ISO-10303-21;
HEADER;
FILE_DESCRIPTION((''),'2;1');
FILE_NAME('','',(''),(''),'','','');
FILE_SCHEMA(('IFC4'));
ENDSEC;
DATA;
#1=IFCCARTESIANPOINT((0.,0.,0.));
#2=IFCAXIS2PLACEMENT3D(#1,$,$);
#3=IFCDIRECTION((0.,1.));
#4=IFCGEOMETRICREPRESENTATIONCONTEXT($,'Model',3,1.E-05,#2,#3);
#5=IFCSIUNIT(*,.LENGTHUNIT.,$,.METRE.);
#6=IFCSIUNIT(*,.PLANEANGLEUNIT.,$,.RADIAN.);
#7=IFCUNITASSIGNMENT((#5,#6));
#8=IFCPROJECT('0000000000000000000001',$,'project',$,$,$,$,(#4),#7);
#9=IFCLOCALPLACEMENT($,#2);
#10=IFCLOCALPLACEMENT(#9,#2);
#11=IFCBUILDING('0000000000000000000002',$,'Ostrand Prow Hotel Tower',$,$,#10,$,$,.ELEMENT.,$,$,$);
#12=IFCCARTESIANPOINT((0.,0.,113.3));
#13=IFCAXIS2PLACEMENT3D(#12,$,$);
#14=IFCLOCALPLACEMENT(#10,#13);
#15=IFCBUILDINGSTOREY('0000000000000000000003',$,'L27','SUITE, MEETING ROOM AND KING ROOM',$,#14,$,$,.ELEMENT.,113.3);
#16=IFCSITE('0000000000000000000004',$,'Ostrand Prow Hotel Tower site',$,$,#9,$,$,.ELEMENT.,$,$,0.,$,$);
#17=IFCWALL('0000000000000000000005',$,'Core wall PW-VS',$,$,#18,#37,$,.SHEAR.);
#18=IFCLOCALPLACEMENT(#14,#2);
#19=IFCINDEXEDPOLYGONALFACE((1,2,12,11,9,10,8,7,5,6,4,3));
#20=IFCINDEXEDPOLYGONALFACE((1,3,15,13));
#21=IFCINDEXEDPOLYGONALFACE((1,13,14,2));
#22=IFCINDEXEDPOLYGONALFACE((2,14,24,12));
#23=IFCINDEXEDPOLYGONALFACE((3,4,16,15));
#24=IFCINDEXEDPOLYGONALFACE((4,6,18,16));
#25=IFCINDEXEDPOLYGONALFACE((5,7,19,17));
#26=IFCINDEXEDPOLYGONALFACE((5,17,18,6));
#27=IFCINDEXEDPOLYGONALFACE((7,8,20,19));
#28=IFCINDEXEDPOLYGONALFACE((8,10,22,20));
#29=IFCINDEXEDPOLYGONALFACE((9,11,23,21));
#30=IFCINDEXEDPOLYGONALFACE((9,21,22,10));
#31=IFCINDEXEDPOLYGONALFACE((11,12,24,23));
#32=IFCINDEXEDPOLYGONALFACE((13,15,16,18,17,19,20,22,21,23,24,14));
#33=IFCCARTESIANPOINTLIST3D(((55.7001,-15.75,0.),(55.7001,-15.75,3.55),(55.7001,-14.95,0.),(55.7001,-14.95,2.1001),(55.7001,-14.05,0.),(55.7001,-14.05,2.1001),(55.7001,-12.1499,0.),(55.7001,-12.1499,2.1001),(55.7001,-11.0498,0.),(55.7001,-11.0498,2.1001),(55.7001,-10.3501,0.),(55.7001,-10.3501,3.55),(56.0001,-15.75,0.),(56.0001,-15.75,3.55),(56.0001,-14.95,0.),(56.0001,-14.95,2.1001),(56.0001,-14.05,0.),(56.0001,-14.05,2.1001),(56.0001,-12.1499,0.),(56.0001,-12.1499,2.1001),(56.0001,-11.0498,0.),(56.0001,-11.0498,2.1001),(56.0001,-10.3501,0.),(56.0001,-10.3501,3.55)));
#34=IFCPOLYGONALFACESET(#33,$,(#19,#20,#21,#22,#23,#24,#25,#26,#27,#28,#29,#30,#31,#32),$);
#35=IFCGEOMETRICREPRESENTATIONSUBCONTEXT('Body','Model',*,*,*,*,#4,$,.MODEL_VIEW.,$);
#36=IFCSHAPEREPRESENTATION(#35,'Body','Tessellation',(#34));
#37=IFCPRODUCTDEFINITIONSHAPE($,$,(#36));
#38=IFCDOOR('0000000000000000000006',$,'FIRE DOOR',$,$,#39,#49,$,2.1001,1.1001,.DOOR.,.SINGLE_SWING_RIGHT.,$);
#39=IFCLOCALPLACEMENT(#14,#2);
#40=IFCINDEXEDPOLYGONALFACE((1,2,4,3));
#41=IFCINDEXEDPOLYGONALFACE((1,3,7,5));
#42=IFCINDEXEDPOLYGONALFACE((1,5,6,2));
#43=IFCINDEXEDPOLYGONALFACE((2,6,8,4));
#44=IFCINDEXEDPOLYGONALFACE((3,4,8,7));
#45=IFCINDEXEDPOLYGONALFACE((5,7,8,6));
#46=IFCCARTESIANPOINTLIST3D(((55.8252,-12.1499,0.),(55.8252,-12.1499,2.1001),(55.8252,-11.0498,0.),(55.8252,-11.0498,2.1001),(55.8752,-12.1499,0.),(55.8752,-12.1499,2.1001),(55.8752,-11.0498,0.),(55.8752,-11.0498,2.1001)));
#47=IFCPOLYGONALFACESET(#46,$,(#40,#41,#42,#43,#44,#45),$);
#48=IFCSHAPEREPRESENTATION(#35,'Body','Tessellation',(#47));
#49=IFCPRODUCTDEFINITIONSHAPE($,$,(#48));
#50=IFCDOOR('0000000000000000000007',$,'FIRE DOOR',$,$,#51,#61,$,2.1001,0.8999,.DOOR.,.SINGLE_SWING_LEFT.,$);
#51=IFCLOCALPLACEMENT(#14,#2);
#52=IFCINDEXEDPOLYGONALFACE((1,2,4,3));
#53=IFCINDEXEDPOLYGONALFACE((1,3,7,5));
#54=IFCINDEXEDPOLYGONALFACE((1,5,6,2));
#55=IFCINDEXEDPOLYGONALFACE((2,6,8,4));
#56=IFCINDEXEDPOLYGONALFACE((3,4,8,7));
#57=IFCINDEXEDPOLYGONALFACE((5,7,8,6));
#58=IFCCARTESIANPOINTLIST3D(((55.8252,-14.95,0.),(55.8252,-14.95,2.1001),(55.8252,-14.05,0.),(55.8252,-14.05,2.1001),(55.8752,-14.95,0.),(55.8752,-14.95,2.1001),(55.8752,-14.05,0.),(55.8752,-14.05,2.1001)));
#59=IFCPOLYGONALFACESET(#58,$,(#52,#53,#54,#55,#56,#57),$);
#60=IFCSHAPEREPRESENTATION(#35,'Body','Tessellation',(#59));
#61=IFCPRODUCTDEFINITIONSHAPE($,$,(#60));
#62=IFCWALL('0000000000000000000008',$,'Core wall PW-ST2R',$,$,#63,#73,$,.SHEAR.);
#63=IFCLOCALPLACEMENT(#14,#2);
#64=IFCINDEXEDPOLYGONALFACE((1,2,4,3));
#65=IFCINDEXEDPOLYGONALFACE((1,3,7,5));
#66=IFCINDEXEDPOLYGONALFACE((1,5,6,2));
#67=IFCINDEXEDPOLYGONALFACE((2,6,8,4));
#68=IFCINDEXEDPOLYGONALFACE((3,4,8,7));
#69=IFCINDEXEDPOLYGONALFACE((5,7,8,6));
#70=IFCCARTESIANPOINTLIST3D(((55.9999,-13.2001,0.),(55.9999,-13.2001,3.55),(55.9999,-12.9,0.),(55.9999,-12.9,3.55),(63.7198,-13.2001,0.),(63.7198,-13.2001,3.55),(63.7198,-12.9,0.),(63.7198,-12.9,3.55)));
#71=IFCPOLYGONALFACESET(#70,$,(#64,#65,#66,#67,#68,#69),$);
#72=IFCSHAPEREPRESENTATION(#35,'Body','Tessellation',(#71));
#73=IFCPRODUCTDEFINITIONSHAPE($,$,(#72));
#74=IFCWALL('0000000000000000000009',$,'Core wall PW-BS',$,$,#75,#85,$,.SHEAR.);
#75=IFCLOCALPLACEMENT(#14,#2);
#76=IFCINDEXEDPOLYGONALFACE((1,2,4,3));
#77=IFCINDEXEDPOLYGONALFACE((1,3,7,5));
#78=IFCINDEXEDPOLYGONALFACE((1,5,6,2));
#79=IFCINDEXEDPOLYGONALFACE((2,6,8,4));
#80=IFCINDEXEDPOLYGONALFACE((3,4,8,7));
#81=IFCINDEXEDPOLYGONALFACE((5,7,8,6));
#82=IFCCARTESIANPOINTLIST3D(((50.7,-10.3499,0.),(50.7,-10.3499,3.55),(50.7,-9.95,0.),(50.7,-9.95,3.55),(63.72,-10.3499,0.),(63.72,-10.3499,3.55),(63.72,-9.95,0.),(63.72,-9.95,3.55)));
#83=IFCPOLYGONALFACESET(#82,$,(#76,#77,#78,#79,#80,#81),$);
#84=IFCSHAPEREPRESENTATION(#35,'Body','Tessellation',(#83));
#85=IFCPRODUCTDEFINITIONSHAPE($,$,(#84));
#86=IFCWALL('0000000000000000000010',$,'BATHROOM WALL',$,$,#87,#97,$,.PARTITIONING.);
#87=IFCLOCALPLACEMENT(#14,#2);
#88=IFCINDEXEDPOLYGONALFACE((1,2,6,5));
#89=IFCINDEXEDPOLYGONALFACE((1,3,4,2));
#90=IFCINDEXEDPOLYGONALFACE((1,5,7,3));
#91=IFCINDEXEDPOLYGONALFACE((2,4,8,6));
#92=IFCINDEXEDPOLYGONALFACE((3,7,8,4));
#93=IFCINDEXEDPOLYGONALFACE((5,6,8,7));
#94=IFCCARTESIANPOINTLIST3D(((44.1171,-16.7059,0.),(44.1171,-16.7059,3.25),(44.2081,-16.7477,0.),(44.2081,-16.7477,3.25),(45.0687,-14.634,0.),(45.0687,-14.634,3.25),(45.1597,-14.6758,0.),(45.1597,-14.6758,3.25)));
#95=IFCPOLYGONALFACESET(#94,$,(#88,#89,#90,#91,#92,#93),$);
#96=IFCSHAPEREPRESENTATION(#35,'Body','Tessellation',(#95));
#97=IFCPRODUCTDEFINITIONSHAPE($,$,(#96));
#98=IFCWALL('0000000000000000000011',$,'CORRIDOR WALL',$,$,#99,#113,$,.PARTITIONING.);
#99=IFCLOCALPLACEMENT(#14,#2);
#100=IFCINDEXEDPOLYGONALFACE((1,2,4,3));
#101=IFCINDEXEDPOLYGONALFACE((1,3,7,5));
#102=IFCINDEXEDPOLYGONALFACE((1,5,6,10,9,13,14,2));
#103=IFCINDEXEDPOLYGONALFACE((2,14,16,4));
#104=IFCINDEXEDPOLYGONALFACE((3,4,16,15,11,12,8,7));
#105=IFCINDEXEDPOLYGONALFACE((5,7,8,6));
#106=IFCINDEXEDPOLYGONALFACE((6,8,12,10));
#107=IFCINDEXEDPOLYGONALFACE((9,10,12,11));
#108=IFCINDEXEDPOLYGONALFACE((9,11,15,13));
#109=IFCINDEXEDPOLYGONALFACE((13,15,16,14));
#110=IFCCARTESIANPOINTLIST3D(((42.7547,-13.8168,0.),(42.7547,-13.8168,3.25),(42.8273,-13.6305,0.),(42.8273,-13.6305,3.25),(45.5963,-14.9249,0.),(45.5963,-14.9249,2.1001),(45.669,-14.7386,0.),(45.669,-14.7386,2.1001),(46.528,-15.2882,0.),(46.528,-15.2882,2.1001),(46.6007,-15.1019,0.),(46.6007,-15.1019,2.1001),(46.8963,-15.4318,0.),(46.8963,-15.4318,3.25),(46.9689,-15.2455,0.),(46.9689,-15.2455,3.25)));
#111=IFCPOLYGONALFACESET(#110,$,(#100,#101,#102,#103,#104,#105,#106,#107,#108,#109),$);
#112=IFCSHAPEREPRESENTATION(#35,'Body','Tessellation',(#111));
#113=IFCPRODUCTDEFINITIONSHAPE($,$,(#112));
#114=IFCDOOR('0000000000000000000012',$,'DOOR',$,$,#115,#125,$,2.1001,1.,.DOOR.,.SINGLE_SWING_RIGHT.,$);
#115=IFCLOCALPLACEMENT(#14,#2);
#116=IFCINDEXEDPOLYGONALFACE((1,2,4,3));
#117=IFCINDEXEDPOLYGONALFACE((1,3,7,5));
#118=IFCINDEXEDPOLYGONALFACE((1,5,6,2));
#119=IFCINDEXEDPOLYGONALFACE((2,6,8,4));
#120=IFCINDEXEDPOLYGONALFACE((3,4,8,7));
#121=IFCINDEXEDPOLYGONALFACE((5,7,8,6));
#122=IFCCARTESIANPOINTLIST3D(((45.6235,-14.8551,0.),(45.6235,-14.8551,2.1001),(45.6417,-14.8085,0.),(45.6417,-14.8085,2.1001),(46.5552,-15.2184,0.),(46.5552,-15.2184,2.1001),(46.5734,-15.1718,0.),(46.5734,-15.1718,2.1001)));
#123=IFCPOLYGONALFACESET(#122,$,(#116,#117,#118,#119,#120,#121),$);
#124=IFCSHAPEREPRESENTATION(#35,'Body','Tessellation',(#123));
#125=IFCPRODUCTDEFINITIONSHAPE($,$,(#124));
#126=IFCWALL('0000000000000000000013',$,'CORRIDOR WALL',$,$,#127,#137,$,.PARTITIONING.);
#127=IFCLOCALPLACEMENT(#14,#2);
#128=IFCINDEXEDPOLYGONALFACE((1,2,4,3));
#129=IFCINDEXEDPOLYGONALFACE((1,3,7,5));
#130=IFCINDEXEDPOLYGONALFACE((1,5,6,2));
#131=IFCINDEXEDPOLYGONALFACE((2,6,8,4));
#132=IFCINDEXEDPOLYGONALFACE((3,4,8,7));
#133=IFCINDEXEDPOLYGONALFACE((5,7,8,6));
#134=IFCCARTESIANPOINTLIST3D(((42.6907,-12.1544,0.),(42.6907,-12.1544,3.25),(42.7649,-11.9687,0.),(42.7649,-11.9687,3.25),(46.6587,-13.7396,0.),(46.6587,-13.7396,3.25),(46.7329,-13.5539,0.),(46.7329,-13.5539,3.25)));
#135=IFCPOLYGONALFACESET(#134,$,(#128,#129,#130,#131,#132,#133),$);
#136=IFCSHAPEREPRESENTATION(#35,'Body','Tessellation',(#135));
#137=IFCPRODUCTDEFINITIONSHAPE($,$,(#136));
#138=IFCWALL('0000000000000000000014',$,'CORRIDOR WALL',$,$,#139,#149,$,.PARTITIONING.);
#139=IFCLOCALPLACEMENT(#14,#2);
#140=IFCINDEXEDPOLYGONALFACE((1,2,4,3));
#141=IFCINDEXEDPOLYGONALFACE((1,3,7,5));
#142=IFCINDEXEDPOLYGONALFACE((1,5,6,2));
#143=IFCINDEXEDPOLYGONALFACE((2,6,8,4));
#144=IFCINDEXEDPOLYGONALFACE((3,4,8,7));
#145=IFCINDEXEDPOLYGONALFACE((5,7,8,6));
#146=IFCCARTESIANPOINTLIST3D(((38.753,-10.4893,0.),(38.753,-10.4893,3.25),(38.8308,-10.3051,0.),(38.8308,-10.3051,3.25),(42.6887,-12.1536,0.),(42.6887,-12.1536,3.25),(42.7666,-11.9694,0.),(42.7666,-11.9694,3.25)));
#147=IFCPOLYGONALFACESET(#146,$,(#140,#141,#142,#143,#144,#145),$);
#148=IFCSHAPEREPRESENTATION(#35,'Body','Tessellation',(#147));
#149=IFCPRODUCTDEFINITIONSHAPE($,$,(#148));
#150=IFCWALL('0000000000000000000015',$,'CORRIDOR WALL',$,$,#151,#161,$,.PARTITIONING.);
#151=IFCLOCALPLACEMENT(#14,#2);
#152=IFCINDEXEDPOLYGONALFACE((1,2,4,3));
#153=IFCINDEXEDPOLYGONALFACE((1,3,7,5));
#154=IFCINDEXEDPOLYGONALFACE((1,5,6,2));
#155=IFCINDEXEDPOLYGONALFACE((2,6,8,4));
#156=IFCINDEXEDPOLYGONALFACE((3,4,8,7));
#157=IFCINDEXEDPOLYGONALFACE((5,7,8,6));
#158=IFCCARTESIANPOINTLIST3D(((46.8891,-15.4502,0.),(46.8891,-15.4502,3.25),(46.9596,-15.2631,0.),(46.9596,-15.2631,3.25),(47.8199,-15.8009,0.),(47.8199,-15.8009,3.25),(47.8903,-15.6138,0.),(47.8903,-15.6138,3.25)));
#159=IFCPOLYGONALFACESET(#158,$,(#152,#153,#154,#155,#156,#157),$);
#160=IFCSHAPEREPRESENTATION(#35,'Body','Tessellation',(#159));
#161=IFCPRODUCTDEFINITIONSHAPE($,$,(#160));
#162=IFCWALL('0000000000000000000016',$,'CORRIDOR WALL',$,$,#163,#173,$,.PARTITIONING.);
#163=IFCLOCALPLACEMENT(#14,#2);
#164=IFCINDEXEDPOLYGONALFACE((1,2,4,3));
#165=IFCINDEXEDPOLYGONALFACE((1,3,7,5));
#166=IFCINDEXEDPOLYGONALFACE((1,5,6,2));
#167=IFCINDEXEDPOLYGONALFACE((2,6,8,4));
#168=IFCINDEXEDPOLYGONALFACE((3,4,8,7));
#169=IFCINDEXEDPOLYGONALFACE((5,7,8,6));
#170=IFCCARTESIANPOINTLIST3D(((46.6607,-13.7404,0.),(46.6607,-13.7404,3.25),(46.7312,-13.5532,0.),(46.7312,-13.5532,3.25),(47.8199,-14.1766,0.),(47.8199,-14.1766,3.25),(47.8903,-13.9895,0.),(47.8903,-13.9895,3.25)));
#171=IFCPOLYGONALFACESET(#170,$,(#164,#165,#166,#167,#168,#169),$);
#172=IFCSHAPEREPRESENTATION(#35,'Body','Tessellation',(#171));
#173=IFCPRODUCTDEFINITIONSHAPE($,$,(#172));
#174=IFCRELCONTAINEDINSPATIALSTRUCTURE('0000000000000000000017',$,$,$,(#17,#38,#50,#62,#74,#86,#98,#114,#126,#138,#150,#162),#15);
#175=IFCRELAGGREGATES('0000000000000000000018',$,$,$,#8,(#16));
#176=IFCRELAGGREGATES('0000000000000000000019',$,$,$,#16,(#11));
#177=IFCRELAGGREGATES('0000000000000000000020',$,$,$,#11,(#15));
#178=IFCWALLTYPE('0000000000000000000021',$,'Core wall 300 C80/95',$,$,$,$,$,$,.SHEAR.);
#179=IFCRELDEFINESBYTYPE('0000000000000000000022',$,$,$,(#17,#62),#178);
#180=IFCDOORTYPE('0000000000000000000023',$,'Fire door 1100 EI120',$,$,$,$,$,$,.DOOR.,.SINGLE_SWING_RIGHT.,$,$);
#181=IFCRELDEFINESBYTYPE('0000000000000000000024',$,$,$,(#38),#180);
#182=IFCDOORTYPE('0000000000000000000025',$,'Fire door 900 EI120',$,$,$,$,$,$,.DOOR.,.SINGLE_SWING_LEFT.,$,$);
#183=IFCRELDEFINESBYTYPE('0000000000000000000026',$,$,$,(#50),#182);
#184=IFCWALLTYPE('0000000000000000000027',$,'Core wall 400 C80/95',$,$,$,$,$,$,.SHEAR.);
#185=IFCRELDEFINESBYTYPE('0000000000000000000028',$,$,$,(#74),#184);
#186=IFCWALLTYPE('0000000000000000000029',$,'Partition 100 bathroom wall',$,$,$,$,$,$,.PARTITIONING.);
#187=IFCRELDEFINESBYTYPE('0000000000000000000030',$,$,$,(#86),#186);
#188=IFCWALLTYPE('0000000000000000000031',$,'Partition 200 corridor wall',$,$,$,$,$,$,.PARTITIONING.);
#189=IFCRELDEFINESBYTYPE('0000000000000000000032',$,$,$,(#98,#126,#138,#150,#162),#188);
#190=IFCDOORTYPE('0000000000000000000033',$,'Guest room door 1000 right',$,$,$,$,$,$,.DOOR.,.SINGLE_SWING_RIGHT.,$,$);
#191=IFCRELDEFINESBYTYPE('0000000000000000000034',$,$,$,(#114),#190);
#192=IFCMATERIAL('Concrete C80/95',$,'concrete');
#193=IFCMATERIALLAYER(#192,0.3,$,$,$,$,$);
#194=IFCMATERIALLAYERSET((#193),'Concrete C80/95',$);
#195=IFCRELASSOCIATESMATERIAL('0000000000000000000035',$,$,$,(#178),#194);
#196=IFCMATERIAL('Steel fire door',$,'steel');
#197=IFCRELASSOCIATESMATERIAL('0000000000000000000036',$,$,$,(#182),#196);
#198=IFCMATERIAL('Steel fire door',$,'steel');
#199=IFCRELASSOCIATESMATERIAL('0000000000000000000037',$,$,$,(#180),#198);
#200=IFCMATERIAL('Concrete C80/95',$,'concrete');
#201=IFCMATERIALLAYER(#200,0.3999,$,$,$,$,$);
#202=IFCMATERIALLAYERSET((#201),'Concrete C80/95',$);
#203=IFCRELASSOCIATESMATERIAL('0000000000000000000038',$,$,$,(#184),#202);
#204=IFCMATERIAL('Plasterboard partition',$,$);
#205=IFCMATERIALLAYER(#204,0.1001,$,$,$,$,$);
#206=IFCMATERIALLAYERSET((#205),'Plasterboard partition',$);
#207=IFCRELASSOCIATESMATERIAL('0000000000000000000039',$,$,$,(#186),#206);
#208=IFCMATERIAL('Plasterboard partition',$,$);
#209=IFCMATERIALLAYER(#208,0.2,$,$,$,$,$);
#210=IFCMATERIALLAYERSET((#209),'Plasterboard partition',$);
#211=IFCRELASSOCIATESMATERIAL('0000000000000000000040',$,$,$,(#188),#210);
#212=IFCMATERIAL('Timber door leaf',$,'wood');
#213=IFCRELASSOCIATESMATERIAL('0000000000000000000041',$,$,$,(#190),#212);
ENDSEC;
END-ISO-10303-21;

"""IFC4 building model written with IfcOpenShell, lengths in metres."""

from ifc_helpers import new_model, si_unit, direction, frame, frame_2d, origin, place, context, subcontext, project, spatial, rectangle, extrude, material, layer, layer_set, type_object, element, fill, save


model = new_model("IFC4")

# Units and contexts
model_context = context("Model", 3, precision=1e-05, world=origin(), true_north=direction((0.0, 1.0)))
body_context = subcontext(model_context, "Body", "Model", "MODEL_VIEW")
ifc_project = project(units=[si_unit("LENGTHUNIT", "METRE"), si_unit("PLANEANGLEUNIT", "RADIAN")], contexts=[model_context])

# Site, building, storey
site_placement = place(None, origin())
site = spatial("IfcSite", under=ifc_project, at=site_placement, Name="Ostrand Prow Hotel Tower site", CompositionType="ELEMENT", RefElevation=0.0)
building_placement = place(site_placement, origin())
building = spatial("IfcBuilding", under=site, at=building_placement, Name="Ostrand Prow Hotel Tower", CompositionType="ELEMENT")
storey_placement = place(building_placement, frame((0.0, 0.0, 113.3)))
storey = spatial("IfcBuildingStorey", under=building, at=storey_placement, Name="L27", Description="SUITE, MEETING ROOM AND KING ROOM", CompositionType="ELEMENT", Elevation=113.3)

# Shared definitions
ifc_material_1 = material(Name="Concrete C80/95", Category="concrete")
ifc_layer_1 = layer(ifc_material_1, 0.3)
ifc_layer_set_1 = layer_set([ifc_layer_1], Name="Concrete C80/95")
wall_type_1 = type_object("IfcWallType", Name="Core wall 300 C80/95", PredefinedType="SHEAR", material=ifc_layer_set_1)

# Shared definitions
ifc_material_2 = material(Name="Steel fire door", Category="steel")
door_type_1 = type_object("IfcDoorType", Name="Fire door 900 EI120", OperationType="SINGLE_SWING_LEFT", PredefinedType="DOOR", material=ifc_material_2)

# Wall, openings, doors
wall_1_placement = place(storey_placement, frame((55.8501, -15.75, 0.0), z_axis=(0.0, 0.0, 1.0), x_axis=(0.0, 1.0, 0.0)))
wall_1 = element("IfcWall", 1, at=wall_1_placement, inside=storey, type_object=wall_type_1, Name="Core wall PW-VS", PredefinedType="SHEAR", context=body_context, shape_type="SweptSolid", body=[
    extrude(rectangle(XDim=5.3999, YDim=0.3, at=frame_2d((2.7, 0.0))), origin(), (0.0, 0.0, 1.0), 3.55),
])
opening_1_placement = place(wall_1_placement, frame((3.6001, 0.0, 0.0)))
opening_1 = element("IfcOpeningElement", 2, at=opening_1_placement, cuts=wall_1, PredefinedType="OPENING", context=body_context, shape_type="SweptSolid", body=[
    extrude(rectangle(XDim=1.1001, YDim=2.1001, at=frame_2d((0.55, 1.05))), frame((0.0, 0.1599, 0.0), z_axis=(0.0, -1.0, 0.0), x_axis=(1.0, 0.0, 0.0)), (0.0, 0.0, 1.0), 0.3201),
])
opening_2_placement = place(wall_1_placement, frame((0.8, 0.0, 0.0)))
opening_2 = element("IfcOpeningElement", 3, at=opening_2_placement, cuts=wall_1, PredefinedType="OPENING", context=body_context, shape_type="SweptSolid", body=[
    extrude(rectangle(XDim=0.8999, YDim=2.1001, at=frame_2d((0.45, 1.05))), frame((0.0, 0.1599, 0.0), z_axis=(0.0, -1.0, 0.0), x_axis=(1.0, 0.0, 0.0)), (0.0, 0.0, 1.0), 0.3201),
])
ifc_material_3 = material(Name="Steel fire door", Category="steel")
door_type_2 = type_object("IfcDoorType", Name="Fire door 1100 EI120", OperationType="SINGLE_SWING_RIGHT", PredefinedType="DOOR", material=ifc_material_3)
door_1_placement = place(opening_1_placement, origin())
door_1 = element("IfcDoor", 4, at=door_1_placement, inside=storey, type_object=door_type_2, Name="FIRE DOOR", OperationType="SINGLE_SWING_RIGHT", OverallHeight=2.1001, OverallWidth=1.1001, PredefinedType="DOOR", context=body_context, shape_type="SweptSolid", body=[
    extrude(rectangle(XDim=1.1001, YDim=2.1001, at=frame_2d((0.55, 1.05))), frame((0.0, 0.0249, 0.0), z_axis=(0.0, -1.0, 0.0), x_axis=(1.0, 0.0, 0.0)), (0.0, 0.0, 1.0), 0.05),
])
fill(opening_1, door_1)
door_2_placement = place(opening_2_placement, origin())
door_2 = element("IfcDoor", 5, at=door_2_placement, inside=storey, type_object=door_type_1, Name="FIRE DOOR", OperationType="SINGLE_SWING_LEFT", OverallHeight=2.1001, OverallWidth=0.8999, PredefinedType="DOOR", context=body_context, shape_type="SweptSolid", body=[
    extrude(rectangle(XDim=0.8999, YDim=2.1001, at=frame_2d((0.45, 1.05))), frame((0.0, 0.0249, 0.0), z_axis=(0.0, -1.0, 0.0), x_axis=(1.0, 0.0, 0.0)), (0.0, 0.0, 1.0), 0.05),
])
fill(opening_2, door_2)

# Walls
wall_2_placement = place(storey_placement, frame((56.0, -13.05, 0.0), z_axis=(0.0, 0.0, 1.0), x_axis=(1.0, 0.0, 0.0)))
element("IfcWall", 6, at=wall_2_placement, inside=storey, type_object=wall_type_1, Name="Core wall PW-ST2R", PredefinedType="SHEAR", context=body_context, shape_type="SweptSolid", body=[
    extrude(rectangle(XDim=7.72, YDim=0.3, at=frame_2d((3.8599, 0.0))), origin(), (0.0, 0.0, 1.0), 3.55),
])
ifc_material_4 = material(Name="Concrete C80/95", Category="concrete")
ifc_layer_2 = layer(ifc_material_4, 0.3999)
ifc_layer_set_2 = layer_set([ifc_layer_2], Name="Concrete C80/95")
wall_type_2 = type_object("IfcWallType", Name="Core wall 400 C80/95", PredefinedType="SHEAR", material=ifc_layer_set_2)
wall_3_placement = place(storey_placement, frame((50.7, -10.1499, 0.0), z_axis=(0.0, 0.0, 1.0), x_axis=(1.0, 0.0, 0.0)))
element("IfcWall", 7, at=wall_3_placement, inside=storey, type_object=wall_type_2, Name="Core wall PW-BS", PredefinedType="SHEAR", context=body_context, shape_type="SweptSolid", body=[
    extrude(rectangle(XDim=13.02, YDim=0.3999, at=frame_2d((6.51, 0.0))), origin(), (0.0, 0.0, 1.0), 3.55),
])
ifc_material_5 = material(Name="Plasterboard partition")
ifc_layer_3 = layer(ifc_material_5, 0.1001)
ifc_layer_set_3 = layer_set([ifc_layer_3], Name="Plasterboard partition")
wall_type_3 = type_object("IfcWallType", Name="Partition 100 bathroom wall", PredefinedType="PARTITIONING", material=ifc_layer_set_3)
wall_4_placement = place(storey_placement, frame((45.1143, -14.6548, 0.0), z_axis=(0.0, 0.0, 1.0), x_axis=(-0.417374, -0.908735, 0.0)))
element("IfcWall", 8, at=wall_4_placement, inside=storey, type_object=wall_type_3, Name="BATHROOM WALL", PredefinedType="PARTITIONING", context=body_context, shape_type="SweptSolid", body=[
    extrude(rectangle(XDim=2.28, YDim=0.1001, at=frame_2d((1.1401, 0.0))), origin(), (0.0, 0.0, 1.0), 3.25),
])

# Wall, opening, door
ifc_material_6 = material(Name="Plasterboard partition")
ifc_layer_4 = layer(ifc_material_6, 0.2)
ifc_layer_set_4 = layer_set([ifc_layer_4], Name="Plasterboard partition")
wall_type_4 = type_object("IfcWallType", Name="Partition 200 corridor wall", PredefinedType="PARTITIONING", material=ifc_layer_set_4)
wall_5_placement = place(storey_placement, frame((42.791, -13.7236, 0.0), z_axis=(0.0, 0.0, 1.0), x_axis=(0.931672, -0.3633, 0.0)))
wall_5 = element("IfcWall", 9, at=wall_5_placement, inside=storey, type_object=wall_type_4, Name="CORRIDOR WALL", PredefinedType="PARTITIONING", context=body_context, shape_type="SweptSolid", body=[
    extrude(rectangle(XDim=4.4453, YDim=0.2, at=frame_2d((2.2227, 0.0))), origin(), (0.0, 0.0, 1.0), 3.25),
])
opening_3_placement = place(wall_5_placement, frame((3.05, 0.0, 0.0)))
opening_3 = element("IfcOpeningElement", 10, at=opening_3_placement, cuts=wall_5, PredefinedType="OPENING", context=body_context, shape_type="SweptSolid", body=[
    extrude(rectangle(XDim=1.0, YDim=2.1001, at=frame_2d((0.5, 1.05))), frame((0.0, 0.1099, 0.0), z_axis=(0.0, -1.0, 0.0), x_axis=(1.0, 0.0, 0.0)), (0.0, 0.0, 1.0), 0.22),
])
ifc_material_7 = material(Name="Timber door leaf", Category="wood")
door_type_3 = type_object("IfcDoorType", Name="Guest room door 1000 right", OperationType="SINGLE_SWING_RIGHT", PredefinedType="DOOR", material=ifc_material_7)
door_3_placement = place(opening_3_placement, origin())
door_3 = element("IfcDoor", 11, at=door_3_placement, inside=storey, type_object=door_type_3, Name="DOOR", OperationType="SINGLE_SWING_RIGHT", OverallHeight=2.1001, OverallWidth=1.0, PredefinedType="DOOR", context=body_context, shape_type="SweptSolid", body=[
    extrude(rectangle(XDim=1.0, YDim=2.1001, at=frame_2d((0.5, 1.05))), frame((0.0, 0.0249, 0.0), z_axis=(0.0, -1.0, 0.0), x_axis=(1.0, 0.0, 0.0)), (0.0, 0.0, 1.0), 0.05),
])
fill(opening_3, door_3)

# Walls
wall_6_placement = place(storey_placement, frame((46.6958, -13.6467, 0.0), z_axis=(0.0, 0.0, 1.0), x_axis=(-0.928638, 0.370987, 0.0)))
element("IfcWall", 12, at=wall_6_placement, inside=storey, type_object=wall_type_4, Name="CORRIDOR WALL", PredefinedType="PARTITIONING", context=body_context, shape_type="SweptSolid", body=[
    extrude(rectangle(XDim=4.2729, YDim=0.2, at=frame_2d((2.1365, 0.0))), origin(), (0.0, 0.0, 1.0), 3.25),
])
wall_7_placement = place(storey_placement, frame((42.7278, -12.0615, 0.0), z_axis=(0.0, 0.0, 1.0), x_axis=(-0.921037, 0.389474, 0.0)))
element("IfcWall", 13, at=wall_7_placement, inside=storey, type_object=wall_type_4, Name="CORRIDOR WALL", PredefinedType="PARTITIONING", context=body_context, shape_type="SweptSolid", body=[
    extrude(rectangle(XDim=4.2732, YDim=0.2, at=frame_2d((2.1367, 0.0))), origin(), (0.0, 0.0, 1.0), 3.25),
])
wall_8_placement = place(storey_placement, frame((46.9243, -15.3567, 0.0), z_axis=(0.0, 0.0, 1.0), x_axis=(0.935804, -0.352522, 0.0)))
element("IfcWall", 14, at=wall_8_placement, inside=storey, type_object=wall_type_4, Name="CORRIDOR WALL", PredefinedType="PARTITIONING", context=body_context, shape_type="SweptSolid", body=[
    extrude(rectangle(XDim=0.9946, YDim=0.2, at=frame_2d((0.4973, 0.0))), origin(), (0.0, 0.0, 1.0), 3.25),
])
wall_9_placement = place(storey_placement, frame((47.855, -14.083, 0.0), z_axis=(0.0, 0.0, 1.0), x_axis=(-0.935907, 0.352246, 0.0)))
element("IfcWall", 15, at=wall_9_placement, inside=storey, type_object=wall_type_4, Name="CORRIDOR WALL", PredefinedType="PARTITIONING", context=body_context, shape_type="SweptSolid", body=[
    extrude(rectangle(XDim=1.2385, YDim=0.2, at=frame_2d((0.6191, 0.0))), origin(), (0.0, 0.0, 1.0), 3.25),
])

save(model, "model.ifc")
